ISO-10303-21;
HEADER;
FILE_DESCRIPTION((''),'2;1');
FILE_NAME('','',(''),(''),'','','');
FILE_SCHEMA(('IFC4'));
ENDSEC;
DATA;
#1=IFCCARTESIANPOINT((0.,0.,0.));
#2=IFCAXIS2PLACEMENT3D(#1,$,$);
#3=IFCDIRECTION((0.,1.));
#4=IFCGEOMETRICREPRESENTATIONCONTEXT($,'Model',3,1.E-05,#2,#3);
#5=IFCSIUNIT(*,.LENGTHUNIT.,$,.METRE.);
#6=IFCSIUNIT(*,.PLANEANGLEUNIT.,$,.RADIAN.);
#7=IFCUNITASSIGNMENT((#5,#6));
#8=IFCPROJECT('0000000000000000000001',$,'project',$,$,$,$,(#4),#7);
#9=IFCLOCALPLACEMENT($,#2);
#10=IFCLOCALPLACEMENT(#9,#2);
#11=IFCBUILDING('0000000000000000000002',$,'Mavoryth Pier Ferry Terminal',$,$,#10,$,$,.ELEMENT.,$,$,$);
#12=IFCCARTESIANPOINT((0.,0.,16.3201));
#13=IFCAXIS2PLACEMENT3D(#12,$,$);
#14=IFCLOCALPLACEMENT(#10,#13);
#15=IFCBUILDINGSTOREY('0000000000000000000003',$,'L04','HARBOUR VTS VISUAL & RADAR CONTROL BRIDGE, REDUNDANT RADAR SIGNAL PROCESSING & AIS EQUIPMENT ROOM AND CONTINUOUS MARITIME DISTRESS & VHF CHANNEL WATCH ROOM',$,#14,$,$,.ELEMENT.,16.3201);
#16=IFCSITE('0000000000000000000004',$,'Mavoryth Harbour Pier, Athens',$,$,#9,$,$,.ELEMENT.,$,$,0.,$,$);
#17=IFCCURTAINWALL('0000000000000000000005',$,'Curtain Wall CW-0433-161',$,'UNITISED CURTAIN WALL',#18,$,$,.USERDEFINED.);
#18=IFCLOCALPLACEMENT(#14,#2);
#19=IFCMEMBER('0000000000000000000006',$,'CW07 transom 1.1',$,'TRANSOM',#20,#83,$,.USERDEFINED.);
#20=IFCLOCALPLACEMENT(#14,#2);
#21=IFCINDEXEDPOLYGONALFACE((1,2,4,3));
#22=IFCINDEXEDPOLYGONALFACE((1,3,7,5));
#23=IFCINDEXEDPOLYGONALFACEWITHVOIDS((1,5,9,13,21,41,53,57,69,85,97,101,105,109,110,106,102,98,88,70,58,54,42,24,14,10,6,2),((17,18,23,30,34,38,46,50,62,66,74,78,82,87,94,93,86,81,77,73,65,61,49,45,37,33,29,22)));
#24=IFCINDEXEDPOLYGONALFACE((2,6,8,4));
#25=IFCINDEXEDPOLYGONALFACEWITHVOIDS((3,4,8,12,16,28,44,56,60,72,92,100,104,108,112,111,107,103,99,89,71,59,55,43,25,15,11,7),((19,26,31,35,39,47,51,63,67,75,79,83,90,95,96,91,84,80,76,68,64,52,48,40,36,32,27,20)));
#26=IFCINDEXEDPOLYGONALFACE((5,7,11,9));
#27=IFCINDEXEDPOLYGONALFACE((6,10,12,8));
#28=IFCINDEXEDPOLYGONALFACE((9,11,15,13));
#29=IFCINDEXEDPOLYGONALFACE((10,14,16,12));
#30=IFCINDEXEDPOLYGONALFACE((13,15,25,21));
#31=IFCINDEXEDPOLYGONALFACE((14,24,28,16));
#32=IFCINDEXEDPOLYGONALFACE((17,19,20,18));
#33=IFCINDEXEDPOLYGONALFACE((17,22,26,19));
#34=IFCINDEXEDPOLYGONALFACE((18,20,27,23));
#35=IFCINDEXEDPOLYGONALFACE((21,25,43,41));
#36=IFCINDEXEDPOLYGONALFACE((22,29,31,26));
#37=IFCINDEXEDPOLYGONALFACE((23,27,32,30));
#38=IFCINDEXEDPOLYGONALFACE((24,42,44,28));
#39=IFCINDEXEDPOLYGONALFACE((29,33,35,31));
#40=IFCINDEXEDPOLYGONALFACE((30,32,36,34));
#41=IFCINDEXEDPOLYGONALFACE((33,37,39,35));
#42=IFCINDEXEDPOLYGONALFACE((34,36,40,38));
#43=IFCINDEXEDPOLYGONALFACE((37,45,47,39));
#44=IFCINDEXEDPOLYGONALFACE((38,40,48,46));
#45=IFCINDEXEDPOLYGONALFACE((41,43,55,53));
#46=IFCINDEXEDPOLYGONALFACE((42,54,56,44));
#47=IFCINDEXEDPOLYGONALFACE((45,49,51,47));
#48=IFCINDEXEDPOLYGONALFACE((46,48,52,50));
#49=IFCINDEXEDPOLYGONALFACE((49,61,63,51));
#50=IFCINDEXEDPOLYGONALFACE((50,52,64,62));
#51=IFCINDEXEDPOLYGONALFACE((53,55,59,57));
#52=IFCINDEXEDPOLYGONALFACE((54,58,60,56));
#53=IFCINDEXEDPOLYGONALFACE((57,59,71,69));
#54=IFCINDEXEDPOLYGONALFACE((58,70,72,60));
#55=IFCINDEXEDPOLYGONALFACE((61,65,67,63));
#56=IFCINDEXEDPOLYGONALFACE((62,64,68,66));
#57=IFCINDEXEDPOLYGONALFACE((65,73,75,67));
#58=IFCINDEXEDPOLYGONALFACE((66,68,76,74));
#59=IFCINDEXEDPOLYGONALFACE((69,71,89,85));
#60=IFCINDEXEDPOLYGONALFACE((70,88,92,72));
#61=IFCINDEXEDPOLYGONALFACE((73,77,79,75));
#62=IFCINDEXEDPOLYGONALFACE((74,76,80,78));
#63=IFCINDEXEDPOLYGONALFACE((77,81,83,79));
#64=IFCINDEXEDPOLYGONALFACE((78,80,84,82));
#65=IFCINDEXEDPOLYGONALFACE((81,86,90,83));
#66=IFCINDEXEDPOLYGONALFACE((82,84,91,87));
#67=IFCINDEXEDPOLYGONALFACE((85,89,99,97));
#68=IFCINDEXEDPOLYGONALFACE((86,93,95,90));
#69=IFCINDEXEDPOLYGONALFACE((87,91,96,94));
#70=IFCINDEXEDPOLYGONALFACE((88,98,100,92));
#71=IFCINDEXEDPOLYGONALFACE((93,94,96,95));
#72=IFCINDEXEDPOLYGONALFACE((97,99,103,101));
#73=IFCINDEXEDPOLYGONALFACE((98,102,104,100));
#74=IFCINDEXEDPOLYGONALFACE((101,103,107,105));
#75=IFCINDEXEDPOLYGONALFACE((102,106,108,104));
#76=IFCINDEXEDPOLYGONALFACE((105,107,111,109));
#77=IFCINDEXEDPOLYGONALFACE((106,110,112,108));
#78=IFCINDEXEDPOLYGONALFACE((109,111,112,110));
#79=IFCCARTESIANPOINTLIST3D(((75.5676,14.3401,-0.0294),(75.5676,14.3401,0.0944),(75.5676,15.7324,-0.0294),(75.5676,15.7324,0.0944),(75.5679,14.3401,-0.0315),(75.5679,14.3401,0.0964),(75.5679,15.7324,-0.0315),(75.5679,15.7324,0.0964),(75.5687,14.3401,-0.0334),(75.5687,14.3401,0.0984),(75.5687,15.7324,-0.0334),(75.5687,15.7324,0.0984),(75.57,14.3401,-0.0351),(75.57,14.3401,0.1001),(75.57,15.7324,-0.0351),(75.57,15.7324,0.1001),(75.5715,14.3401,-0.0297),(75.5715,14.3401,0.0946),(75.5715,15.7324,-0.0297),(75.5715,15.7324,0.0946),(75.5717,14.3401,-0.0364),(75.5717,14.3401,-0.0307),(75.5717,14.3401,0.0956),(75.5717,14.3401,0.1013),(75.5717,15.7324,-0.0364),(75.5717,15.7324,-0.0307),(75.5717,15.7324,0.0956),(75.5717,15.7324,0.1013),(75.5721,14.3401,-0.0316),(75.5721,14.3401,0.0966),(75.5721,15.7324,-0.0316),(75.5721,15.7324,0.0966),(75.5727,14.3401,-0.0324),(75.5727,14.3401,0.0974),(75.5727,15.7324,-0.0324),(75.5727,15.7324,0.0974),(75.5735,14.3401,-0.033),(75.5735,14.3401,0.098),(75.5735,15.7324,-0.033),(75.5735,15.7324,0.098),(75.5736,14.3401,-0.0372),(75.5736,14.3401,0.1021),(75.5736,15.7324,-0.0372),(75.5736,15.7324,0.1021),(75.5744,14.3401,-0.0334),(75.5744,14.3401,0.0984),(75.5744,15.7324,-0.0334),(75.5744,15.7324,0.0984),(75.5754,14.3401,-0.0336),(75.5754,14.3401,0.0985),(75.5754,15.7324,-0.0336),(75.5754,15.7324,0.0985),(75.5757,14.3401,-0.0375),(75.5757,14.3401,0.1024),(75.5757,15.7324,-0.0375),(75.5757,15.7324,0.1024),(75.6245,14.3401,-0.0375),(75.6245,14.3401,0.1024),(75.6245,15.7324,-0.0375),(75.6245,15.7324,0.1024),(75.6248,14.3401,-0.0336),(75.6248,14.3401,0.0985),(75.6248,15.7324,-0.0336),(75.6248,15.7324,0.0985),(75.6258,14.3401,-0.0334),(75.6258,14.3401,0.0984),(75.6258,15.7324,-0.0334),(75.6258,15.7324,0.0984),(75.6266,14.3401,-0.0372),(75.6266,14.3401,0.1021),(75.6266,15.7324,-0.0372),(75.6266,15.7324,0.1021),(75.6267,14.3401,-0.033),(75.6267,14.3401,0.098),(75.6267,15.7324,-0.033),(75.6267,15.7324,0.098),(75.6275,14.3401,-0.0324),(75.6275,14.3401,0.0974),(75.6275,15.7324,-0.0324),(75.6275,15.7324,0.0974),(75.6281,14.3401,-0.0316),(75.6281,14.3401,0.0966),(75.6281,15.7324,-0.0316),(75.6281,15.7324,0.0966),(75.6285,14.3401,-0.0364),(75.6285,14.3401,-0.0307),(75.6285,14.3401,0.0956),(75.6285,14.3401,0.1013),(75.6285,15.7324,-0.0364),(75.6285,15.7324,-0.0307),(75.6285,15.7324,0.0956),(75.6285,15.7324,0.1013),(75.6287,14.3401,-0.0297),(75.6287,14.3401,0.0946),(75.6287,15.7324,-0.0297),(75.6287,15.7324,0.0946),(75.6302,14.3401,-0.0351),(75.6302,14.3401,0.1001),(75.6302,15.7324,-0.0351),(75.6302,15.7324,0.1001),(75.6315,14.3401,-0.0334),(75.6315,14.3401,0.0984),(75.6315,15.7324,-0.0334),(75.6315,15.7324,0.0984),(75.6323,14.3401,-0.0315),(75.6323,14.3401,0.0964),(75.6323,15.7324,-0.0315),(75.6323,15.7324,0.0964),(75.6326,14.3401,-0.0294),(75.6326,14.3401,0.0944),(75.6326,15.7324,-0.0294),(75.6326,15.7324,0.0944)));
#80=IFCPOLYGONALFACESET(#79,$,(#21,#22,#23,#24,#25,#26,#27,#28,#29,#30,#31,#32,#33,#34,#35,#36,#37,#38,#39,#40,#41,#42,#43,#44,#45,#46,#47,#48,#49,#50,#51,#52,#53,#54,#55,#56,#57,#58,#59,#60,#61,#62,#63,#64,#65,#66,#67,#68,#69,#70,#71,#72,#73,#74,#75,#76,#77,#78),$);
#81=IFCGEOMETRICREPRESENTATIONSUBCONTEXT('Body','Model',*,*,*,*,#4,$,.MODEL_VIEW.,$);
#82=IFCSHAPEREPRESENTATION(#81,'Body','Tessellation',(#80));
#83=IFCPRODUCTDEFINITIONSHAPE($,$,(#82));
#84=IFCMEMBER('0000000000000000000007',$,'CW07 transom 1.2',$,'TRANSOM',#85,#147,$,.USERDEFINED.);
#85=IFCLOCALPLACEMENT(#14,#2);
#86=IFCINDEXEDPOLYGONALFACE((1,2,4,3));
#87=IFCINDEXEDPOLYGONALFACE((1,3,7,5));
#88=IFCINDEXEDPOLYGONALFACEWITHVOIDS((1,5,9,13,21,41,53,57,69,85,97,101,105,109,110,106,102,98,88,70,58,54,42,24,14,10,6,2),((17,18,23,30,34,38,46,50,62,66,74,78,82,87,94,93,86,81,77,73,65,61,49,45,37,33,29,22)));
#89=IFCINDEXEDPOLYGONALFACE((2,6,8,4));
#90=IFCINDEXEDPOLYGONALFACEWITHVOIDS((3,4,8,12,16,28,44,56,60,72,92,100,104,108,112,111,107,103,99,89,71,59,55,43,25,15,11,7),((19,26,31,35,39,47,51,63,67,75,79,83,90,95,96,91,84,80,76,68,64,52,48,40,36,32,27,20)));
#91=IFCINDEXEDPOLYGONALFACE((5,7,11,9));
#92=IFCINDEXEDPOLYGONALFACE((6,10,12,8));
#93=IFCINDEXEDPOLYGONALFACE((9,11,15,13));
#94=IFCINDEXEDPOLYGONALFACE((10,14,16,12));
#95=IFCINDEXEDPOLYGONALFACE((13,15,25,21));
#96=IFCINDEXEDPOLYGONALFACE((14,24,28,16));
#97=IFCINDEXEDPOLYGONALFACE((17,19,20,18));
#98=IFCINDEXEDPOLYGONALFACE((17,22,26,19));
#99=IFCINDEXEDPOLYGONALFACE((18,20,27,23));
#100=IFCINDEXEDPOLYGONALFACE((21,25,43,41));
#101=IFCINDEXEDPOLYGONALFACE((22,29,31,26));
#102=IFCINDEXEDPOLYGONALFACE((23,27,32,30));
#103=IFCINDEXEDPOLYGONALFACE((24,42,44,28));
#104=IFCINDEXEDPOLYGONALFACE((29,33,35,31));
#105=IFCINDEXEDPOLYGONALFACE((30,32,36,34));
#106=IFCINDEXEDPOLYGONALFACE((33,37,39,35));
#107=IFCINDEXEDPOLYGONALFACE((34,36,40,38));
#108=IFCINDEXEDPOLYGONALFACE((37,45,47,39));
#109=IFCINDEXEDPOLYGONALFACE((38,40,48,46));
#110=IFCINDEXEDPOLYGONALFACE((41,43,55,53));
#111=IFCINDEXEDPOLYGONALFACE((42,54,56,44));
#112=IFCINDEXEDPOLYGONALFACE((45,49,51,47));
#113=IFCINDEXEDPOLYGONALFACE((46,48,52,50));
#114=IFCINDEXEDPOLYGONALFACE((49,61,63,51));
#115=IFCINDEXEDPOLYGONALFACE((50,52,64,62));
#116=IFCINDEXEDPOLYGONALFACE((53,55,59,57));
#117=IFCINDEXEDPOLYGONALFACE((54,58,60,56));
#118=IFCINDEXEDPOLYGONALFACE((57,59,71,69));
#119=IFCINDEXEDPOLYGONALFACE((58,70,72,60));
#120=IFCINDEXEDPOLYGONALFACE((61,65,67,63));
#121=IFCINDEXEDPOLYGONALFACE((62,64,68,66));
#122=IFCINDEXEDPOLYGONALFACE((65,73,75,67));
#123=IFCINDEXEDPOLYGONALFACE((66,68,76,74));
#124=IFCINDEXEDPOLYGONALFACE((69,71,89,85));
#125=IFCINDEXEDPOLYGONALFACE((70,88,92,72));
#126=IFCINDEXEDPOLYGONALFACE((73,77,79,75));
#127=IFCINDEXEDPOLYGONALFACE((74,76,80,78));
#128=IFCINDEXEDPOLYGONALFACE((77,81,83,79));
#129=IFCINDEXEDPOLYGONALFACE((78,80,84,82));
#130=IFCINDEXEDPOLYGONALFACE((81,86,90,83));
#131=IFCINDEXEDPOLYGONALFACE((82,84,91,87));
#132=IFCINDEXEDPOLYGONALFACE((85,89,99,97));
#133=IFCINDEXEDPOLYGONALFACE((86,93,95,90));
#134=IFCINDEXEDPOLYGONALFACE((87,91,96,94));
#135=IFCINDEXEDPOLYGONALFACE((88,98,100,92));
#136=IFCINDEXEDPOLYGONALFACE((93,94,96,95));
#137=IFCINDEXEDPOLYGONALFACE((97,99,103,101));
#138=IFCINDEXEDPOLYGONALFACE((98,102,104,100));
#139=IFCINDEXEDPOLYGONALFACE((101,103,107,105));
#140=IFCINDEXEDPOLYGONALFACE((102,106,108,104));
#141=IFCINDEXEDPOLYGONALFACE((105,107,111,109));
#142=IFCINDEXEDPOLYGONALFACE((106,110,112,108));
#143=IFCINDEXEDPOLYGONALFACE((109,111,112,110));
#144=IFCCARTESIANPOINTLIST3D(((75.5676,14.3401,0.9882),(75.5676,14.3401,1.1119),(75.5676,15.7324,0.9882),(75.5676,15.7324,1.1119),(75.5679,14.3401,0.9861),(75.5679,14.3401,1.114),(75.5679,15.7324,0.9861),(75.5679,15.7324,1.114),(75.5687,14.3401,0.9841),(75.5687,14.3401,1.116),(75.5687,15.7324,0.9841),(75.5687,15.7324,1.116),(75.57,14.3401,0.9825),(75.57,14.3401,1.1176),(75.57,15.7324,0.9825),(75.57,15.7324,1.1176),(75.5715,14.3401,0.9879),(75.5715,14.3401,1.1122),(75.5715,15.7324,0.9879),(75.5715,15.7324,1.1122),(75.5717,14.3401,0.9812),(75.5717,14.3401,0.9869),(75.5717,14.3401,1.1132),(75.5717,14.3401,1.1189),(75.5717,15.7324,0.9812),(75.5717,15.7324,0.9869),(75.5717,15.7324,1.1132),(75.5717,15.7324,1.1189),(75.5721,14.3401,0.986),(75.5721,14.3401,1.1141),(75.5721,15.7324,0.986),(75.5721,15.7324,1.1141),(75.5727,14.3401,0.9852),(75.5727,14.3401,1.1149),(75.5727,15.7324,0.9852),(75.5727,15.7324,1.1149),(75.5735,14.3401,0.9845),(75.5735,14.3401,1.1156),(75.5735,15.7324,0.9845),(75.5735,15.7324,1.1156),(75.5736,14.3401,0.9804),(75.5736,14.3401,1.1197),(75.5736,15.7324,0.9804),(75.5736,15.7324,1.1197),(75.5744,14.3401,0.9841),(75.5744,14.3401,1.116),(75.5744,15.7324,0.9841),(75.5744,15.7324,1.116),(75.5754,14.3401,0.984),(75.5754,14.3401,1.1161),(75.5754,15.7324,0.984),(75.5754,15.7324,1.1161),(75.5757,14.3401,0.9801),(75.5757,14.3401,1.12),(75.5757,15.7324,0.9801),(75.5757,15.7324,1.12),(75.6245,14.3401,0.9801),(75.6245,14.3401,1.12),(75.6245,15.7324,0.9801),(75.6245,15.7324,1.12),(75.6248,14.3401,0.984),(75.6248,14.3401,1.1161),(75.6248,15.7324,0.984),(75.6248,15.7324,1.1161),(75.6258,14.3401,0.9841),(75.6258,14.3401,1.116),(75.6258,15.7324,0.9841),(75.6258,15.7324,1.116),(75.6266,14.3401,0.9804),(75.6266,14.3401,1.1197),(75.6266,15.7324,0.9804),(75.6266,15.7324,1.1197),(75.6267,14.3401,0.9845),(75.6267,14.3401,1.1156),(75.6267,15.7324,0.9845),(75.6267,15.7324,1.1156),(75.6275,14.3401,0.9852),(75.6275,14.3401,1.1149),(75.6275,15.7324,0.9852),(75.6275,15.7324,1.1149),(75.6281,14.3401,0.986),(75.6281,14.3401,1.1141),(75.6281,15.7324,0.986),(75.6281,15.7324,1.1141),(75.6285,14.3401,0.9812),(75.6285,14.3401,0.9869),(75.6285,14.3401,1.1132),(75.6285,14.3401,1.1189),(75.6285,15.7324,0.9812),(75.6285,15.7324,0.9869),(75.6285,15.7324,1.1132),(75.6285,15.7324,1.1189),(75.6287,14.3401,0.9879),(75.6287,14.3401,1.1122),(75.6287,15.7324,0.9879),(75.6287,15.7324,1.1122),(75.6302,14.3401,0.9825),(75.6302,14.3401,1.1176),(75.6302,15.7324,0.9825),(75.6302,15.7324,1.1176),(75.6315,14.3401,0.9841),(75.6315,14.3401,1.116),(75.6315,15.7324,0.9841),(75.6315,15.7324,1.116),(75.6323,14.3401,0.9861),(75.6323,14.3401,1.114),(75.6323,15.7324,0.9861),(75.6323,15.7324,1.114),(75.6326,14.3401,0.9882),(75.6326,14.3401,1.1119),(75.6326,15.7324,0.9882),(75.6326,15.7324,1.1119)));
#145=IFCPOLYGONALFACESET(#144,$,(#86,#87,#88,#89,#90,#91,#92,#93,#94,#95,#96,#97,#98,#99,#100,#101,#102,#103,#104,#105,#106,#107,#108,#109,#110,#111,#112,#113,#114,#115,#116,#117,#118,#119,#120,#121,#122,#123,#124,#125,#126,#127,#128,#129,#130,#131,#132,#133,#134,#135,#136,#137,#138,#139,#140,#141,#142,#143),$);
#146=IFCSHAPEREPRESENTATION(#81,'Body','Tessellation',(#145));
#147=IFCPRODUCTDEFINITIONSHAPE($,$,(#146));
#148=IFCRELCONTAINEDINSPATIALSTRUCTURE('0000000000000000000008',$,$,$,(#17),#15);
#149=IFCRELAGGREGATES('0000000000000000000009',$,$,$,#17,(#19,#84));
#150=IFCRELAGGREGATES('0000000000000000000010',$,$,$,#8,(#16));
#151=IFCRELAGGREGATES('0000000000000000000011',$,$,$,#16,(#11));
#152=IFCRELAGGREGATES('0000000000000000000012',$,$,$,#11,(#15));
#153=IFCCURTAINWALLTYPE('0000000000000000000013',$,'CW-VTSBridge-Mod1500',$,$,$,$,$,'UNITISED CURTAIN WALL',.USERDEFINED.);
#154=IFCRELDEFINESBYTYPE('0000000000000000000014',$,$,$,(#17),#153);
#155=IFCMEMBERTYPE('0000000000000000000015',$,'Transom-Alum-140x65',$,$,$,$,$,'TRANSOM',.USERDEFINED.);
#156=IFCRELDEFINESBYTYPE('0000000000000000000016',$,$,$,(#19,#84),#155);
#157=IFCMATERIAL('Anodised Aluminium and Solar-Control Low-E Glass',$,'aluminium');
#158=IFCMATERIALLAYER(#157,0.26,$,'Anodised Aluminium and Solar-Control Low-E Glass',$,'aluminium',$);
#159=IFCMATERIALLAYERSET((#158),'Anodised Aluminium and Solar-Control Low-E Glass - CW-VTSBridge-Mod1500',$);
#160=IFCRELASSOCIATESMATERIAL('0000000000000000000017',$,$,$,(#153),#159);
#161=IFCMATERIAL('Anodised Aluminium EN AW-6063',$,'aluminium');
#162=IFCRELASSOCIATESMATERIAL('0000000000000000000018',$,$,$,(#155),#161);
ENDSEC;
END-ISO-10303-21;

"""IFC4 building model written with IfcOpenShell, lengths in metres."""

from ifc_helpers import new_model, si_unit, direction, frame, origin, origin_2d, place, context, subcontext, project, spatial, hollow_rectangle, extrude, material, layer, layer_set, material_profile, profile_set, type_object, element, aggregate, save


model = new_model("IFC4")

# Units and contexts
model_context = context("Model", 3, precision=1e-05, world=origin(), true_north=direction((0.0, 1.0)))
body_context = subcontext(model_context, "Body", "Model", "MODEL_VIEW")
ifc_project = project(units=[si_unit("LENGTHUNIT", "METRE"), si_unit("PLANEANGLEUNIT", "RADIAN")], contexts=[model_context])

# Site, building, storey
site_placement = place(None, origin())
site = spatial("IfcSite", under=ifc_project, at=site_placement, Name="Mavoryth Harbour Pier, Athens", CompositionType="ELEMENT", RefElevation=0.0)
building_placement = place(site_placement, origin())
building = spatial("IfcBuilding", under=site, at=building_placement, Name="Mavoryth Pier Ferry Terminal", CompositionType="ELEMENT")
storey_placement = place(building_placement, frame((0.0, 0.0, 16.3201)))
storey = spatial("IfcBuildingStorey", under=building, at=storey_placement, Name="L04", Description="HARBOUR VTS VISUAL & RADAR CONTROL BRIDGE, REDUNDANT RADAR SIGNAL PROCESSING & AIS EQUIPMENT ROOM AND CONTINUOUS MARITIME DISTRESS & VHF CHANNEL WATCH ROOM", CompositionType="ELEMENT", Elevation=16.3201)

# Curtain wall, members
ifc_material_1 = material(Name="Anodised Aluminium and Solar-Control Low-E Glass", Category="aluminium")
ifc_layer_1 = layer(ifc_material_1, 0.26, Name="Anodised Aluminium and Solar-Control Low-E Glass", Category="aluminium")
ifc_layer_set_1 = layer_set([ifc_layer_1], Name="Anodised Aluminium and Solar-Control Low-E Glass - CW-VTSBridge-Mod1500")
curtain_wall_type = type_object("IfcCurtainWallType", Name="CW-VTSBridge-Mod1500", ElementType="UNITISED CURTAIN WALL", PredefinedType="USERDEFINED", material=ifc_layer_set_1)
curtain_wall_placement = place(storey_placement, origin())
curtain_wall = element("IfcCurtainWall", 1, at=curtain_wall_placement, inside=storey, type_object=curtain_wall_type, Name="Curtain Wall CW-0433-161", ObjectType="UNITISED CURTAIN WALL", PredefinedType="USERDEFINED")
ifc_material_2 = material(Name="Anodised Aluminium EN AW-6063", Category="aluminium")
ifc_material_profile_1 = material_profile(ifc_material_2, hollow_rectangle(XDim=0.0649, YDim=0.1399, WallThickness=0.0039, InnerFilletRadius=0.0039, OuterFilletRadius=0.0081, at=origin_2d()), Name="AL-TRAN 140x65x4", Category="aluminium")
ifc_profile_set_1 = profile_set([ifc_material_profile_1], Name="Anodised Aluminium EN AW-6063 - AL-TRAN 140x65x4")
member_type_1 = type_object("IfcMemberType", Name="Transom-Alum-140x65", ElementType="TRANSOM", PredefinedType="USERDEFINED", material=ifc_profile_set_1)
member_1_placement = place(storey_placement, frame((75.6001, 14.3401, 0.0325), z_axis=(0.0, 1.0, 0.0), x_axis=(-1.0, 0.0, 0.0)))
member_1 = element("IfcMember", 2, at=member_1_placement, type_object=member_type_1, Name="CW07 transom 1.1", ObjectType="TRANSOM", PredefinedType="USERDEFINED", context=body_context, shape_type="SweptSolid", body=[
    extrude(hollow_rectangle(XDim=0.0649, YDim=0.1399, WallThickness=0.0039, InnerFilletRadius=0.0039, OuterFilletRadius=0.0081, at=origin_2d()), origin(), (0.0, 0.0, 1.0), 1.3923),
])
member_2_placement = place(storey_placement, frame((75.6001, 14.3401, 1.05), z_axis=(0.0, 1.0, 0.0), x_axis=(-1.0, 0.0, 0.0)))
member_2 = element("IfcMember", 3, at=member_2_placement, type_object=member_type_1, Name="CW07 transom 1.2", ObjectType="TRANSOM", PredefinedType="USERDEFINED", context=body_context, shape_type="SweptSolid", body=[
    extrude(hollow_rectangle(XDim=0.0649, YDim=0.1399, WallThickness=0.0039, InnerFilletRadius=0.0039, OuterFilletRadius=0.0081, at=origin_2d()), origin(), (0.0, 0.0, 1.0), 1.3923),
])
aggregate(curtain_wall, [member_1, member_2])

save(model, "model.ifc")
